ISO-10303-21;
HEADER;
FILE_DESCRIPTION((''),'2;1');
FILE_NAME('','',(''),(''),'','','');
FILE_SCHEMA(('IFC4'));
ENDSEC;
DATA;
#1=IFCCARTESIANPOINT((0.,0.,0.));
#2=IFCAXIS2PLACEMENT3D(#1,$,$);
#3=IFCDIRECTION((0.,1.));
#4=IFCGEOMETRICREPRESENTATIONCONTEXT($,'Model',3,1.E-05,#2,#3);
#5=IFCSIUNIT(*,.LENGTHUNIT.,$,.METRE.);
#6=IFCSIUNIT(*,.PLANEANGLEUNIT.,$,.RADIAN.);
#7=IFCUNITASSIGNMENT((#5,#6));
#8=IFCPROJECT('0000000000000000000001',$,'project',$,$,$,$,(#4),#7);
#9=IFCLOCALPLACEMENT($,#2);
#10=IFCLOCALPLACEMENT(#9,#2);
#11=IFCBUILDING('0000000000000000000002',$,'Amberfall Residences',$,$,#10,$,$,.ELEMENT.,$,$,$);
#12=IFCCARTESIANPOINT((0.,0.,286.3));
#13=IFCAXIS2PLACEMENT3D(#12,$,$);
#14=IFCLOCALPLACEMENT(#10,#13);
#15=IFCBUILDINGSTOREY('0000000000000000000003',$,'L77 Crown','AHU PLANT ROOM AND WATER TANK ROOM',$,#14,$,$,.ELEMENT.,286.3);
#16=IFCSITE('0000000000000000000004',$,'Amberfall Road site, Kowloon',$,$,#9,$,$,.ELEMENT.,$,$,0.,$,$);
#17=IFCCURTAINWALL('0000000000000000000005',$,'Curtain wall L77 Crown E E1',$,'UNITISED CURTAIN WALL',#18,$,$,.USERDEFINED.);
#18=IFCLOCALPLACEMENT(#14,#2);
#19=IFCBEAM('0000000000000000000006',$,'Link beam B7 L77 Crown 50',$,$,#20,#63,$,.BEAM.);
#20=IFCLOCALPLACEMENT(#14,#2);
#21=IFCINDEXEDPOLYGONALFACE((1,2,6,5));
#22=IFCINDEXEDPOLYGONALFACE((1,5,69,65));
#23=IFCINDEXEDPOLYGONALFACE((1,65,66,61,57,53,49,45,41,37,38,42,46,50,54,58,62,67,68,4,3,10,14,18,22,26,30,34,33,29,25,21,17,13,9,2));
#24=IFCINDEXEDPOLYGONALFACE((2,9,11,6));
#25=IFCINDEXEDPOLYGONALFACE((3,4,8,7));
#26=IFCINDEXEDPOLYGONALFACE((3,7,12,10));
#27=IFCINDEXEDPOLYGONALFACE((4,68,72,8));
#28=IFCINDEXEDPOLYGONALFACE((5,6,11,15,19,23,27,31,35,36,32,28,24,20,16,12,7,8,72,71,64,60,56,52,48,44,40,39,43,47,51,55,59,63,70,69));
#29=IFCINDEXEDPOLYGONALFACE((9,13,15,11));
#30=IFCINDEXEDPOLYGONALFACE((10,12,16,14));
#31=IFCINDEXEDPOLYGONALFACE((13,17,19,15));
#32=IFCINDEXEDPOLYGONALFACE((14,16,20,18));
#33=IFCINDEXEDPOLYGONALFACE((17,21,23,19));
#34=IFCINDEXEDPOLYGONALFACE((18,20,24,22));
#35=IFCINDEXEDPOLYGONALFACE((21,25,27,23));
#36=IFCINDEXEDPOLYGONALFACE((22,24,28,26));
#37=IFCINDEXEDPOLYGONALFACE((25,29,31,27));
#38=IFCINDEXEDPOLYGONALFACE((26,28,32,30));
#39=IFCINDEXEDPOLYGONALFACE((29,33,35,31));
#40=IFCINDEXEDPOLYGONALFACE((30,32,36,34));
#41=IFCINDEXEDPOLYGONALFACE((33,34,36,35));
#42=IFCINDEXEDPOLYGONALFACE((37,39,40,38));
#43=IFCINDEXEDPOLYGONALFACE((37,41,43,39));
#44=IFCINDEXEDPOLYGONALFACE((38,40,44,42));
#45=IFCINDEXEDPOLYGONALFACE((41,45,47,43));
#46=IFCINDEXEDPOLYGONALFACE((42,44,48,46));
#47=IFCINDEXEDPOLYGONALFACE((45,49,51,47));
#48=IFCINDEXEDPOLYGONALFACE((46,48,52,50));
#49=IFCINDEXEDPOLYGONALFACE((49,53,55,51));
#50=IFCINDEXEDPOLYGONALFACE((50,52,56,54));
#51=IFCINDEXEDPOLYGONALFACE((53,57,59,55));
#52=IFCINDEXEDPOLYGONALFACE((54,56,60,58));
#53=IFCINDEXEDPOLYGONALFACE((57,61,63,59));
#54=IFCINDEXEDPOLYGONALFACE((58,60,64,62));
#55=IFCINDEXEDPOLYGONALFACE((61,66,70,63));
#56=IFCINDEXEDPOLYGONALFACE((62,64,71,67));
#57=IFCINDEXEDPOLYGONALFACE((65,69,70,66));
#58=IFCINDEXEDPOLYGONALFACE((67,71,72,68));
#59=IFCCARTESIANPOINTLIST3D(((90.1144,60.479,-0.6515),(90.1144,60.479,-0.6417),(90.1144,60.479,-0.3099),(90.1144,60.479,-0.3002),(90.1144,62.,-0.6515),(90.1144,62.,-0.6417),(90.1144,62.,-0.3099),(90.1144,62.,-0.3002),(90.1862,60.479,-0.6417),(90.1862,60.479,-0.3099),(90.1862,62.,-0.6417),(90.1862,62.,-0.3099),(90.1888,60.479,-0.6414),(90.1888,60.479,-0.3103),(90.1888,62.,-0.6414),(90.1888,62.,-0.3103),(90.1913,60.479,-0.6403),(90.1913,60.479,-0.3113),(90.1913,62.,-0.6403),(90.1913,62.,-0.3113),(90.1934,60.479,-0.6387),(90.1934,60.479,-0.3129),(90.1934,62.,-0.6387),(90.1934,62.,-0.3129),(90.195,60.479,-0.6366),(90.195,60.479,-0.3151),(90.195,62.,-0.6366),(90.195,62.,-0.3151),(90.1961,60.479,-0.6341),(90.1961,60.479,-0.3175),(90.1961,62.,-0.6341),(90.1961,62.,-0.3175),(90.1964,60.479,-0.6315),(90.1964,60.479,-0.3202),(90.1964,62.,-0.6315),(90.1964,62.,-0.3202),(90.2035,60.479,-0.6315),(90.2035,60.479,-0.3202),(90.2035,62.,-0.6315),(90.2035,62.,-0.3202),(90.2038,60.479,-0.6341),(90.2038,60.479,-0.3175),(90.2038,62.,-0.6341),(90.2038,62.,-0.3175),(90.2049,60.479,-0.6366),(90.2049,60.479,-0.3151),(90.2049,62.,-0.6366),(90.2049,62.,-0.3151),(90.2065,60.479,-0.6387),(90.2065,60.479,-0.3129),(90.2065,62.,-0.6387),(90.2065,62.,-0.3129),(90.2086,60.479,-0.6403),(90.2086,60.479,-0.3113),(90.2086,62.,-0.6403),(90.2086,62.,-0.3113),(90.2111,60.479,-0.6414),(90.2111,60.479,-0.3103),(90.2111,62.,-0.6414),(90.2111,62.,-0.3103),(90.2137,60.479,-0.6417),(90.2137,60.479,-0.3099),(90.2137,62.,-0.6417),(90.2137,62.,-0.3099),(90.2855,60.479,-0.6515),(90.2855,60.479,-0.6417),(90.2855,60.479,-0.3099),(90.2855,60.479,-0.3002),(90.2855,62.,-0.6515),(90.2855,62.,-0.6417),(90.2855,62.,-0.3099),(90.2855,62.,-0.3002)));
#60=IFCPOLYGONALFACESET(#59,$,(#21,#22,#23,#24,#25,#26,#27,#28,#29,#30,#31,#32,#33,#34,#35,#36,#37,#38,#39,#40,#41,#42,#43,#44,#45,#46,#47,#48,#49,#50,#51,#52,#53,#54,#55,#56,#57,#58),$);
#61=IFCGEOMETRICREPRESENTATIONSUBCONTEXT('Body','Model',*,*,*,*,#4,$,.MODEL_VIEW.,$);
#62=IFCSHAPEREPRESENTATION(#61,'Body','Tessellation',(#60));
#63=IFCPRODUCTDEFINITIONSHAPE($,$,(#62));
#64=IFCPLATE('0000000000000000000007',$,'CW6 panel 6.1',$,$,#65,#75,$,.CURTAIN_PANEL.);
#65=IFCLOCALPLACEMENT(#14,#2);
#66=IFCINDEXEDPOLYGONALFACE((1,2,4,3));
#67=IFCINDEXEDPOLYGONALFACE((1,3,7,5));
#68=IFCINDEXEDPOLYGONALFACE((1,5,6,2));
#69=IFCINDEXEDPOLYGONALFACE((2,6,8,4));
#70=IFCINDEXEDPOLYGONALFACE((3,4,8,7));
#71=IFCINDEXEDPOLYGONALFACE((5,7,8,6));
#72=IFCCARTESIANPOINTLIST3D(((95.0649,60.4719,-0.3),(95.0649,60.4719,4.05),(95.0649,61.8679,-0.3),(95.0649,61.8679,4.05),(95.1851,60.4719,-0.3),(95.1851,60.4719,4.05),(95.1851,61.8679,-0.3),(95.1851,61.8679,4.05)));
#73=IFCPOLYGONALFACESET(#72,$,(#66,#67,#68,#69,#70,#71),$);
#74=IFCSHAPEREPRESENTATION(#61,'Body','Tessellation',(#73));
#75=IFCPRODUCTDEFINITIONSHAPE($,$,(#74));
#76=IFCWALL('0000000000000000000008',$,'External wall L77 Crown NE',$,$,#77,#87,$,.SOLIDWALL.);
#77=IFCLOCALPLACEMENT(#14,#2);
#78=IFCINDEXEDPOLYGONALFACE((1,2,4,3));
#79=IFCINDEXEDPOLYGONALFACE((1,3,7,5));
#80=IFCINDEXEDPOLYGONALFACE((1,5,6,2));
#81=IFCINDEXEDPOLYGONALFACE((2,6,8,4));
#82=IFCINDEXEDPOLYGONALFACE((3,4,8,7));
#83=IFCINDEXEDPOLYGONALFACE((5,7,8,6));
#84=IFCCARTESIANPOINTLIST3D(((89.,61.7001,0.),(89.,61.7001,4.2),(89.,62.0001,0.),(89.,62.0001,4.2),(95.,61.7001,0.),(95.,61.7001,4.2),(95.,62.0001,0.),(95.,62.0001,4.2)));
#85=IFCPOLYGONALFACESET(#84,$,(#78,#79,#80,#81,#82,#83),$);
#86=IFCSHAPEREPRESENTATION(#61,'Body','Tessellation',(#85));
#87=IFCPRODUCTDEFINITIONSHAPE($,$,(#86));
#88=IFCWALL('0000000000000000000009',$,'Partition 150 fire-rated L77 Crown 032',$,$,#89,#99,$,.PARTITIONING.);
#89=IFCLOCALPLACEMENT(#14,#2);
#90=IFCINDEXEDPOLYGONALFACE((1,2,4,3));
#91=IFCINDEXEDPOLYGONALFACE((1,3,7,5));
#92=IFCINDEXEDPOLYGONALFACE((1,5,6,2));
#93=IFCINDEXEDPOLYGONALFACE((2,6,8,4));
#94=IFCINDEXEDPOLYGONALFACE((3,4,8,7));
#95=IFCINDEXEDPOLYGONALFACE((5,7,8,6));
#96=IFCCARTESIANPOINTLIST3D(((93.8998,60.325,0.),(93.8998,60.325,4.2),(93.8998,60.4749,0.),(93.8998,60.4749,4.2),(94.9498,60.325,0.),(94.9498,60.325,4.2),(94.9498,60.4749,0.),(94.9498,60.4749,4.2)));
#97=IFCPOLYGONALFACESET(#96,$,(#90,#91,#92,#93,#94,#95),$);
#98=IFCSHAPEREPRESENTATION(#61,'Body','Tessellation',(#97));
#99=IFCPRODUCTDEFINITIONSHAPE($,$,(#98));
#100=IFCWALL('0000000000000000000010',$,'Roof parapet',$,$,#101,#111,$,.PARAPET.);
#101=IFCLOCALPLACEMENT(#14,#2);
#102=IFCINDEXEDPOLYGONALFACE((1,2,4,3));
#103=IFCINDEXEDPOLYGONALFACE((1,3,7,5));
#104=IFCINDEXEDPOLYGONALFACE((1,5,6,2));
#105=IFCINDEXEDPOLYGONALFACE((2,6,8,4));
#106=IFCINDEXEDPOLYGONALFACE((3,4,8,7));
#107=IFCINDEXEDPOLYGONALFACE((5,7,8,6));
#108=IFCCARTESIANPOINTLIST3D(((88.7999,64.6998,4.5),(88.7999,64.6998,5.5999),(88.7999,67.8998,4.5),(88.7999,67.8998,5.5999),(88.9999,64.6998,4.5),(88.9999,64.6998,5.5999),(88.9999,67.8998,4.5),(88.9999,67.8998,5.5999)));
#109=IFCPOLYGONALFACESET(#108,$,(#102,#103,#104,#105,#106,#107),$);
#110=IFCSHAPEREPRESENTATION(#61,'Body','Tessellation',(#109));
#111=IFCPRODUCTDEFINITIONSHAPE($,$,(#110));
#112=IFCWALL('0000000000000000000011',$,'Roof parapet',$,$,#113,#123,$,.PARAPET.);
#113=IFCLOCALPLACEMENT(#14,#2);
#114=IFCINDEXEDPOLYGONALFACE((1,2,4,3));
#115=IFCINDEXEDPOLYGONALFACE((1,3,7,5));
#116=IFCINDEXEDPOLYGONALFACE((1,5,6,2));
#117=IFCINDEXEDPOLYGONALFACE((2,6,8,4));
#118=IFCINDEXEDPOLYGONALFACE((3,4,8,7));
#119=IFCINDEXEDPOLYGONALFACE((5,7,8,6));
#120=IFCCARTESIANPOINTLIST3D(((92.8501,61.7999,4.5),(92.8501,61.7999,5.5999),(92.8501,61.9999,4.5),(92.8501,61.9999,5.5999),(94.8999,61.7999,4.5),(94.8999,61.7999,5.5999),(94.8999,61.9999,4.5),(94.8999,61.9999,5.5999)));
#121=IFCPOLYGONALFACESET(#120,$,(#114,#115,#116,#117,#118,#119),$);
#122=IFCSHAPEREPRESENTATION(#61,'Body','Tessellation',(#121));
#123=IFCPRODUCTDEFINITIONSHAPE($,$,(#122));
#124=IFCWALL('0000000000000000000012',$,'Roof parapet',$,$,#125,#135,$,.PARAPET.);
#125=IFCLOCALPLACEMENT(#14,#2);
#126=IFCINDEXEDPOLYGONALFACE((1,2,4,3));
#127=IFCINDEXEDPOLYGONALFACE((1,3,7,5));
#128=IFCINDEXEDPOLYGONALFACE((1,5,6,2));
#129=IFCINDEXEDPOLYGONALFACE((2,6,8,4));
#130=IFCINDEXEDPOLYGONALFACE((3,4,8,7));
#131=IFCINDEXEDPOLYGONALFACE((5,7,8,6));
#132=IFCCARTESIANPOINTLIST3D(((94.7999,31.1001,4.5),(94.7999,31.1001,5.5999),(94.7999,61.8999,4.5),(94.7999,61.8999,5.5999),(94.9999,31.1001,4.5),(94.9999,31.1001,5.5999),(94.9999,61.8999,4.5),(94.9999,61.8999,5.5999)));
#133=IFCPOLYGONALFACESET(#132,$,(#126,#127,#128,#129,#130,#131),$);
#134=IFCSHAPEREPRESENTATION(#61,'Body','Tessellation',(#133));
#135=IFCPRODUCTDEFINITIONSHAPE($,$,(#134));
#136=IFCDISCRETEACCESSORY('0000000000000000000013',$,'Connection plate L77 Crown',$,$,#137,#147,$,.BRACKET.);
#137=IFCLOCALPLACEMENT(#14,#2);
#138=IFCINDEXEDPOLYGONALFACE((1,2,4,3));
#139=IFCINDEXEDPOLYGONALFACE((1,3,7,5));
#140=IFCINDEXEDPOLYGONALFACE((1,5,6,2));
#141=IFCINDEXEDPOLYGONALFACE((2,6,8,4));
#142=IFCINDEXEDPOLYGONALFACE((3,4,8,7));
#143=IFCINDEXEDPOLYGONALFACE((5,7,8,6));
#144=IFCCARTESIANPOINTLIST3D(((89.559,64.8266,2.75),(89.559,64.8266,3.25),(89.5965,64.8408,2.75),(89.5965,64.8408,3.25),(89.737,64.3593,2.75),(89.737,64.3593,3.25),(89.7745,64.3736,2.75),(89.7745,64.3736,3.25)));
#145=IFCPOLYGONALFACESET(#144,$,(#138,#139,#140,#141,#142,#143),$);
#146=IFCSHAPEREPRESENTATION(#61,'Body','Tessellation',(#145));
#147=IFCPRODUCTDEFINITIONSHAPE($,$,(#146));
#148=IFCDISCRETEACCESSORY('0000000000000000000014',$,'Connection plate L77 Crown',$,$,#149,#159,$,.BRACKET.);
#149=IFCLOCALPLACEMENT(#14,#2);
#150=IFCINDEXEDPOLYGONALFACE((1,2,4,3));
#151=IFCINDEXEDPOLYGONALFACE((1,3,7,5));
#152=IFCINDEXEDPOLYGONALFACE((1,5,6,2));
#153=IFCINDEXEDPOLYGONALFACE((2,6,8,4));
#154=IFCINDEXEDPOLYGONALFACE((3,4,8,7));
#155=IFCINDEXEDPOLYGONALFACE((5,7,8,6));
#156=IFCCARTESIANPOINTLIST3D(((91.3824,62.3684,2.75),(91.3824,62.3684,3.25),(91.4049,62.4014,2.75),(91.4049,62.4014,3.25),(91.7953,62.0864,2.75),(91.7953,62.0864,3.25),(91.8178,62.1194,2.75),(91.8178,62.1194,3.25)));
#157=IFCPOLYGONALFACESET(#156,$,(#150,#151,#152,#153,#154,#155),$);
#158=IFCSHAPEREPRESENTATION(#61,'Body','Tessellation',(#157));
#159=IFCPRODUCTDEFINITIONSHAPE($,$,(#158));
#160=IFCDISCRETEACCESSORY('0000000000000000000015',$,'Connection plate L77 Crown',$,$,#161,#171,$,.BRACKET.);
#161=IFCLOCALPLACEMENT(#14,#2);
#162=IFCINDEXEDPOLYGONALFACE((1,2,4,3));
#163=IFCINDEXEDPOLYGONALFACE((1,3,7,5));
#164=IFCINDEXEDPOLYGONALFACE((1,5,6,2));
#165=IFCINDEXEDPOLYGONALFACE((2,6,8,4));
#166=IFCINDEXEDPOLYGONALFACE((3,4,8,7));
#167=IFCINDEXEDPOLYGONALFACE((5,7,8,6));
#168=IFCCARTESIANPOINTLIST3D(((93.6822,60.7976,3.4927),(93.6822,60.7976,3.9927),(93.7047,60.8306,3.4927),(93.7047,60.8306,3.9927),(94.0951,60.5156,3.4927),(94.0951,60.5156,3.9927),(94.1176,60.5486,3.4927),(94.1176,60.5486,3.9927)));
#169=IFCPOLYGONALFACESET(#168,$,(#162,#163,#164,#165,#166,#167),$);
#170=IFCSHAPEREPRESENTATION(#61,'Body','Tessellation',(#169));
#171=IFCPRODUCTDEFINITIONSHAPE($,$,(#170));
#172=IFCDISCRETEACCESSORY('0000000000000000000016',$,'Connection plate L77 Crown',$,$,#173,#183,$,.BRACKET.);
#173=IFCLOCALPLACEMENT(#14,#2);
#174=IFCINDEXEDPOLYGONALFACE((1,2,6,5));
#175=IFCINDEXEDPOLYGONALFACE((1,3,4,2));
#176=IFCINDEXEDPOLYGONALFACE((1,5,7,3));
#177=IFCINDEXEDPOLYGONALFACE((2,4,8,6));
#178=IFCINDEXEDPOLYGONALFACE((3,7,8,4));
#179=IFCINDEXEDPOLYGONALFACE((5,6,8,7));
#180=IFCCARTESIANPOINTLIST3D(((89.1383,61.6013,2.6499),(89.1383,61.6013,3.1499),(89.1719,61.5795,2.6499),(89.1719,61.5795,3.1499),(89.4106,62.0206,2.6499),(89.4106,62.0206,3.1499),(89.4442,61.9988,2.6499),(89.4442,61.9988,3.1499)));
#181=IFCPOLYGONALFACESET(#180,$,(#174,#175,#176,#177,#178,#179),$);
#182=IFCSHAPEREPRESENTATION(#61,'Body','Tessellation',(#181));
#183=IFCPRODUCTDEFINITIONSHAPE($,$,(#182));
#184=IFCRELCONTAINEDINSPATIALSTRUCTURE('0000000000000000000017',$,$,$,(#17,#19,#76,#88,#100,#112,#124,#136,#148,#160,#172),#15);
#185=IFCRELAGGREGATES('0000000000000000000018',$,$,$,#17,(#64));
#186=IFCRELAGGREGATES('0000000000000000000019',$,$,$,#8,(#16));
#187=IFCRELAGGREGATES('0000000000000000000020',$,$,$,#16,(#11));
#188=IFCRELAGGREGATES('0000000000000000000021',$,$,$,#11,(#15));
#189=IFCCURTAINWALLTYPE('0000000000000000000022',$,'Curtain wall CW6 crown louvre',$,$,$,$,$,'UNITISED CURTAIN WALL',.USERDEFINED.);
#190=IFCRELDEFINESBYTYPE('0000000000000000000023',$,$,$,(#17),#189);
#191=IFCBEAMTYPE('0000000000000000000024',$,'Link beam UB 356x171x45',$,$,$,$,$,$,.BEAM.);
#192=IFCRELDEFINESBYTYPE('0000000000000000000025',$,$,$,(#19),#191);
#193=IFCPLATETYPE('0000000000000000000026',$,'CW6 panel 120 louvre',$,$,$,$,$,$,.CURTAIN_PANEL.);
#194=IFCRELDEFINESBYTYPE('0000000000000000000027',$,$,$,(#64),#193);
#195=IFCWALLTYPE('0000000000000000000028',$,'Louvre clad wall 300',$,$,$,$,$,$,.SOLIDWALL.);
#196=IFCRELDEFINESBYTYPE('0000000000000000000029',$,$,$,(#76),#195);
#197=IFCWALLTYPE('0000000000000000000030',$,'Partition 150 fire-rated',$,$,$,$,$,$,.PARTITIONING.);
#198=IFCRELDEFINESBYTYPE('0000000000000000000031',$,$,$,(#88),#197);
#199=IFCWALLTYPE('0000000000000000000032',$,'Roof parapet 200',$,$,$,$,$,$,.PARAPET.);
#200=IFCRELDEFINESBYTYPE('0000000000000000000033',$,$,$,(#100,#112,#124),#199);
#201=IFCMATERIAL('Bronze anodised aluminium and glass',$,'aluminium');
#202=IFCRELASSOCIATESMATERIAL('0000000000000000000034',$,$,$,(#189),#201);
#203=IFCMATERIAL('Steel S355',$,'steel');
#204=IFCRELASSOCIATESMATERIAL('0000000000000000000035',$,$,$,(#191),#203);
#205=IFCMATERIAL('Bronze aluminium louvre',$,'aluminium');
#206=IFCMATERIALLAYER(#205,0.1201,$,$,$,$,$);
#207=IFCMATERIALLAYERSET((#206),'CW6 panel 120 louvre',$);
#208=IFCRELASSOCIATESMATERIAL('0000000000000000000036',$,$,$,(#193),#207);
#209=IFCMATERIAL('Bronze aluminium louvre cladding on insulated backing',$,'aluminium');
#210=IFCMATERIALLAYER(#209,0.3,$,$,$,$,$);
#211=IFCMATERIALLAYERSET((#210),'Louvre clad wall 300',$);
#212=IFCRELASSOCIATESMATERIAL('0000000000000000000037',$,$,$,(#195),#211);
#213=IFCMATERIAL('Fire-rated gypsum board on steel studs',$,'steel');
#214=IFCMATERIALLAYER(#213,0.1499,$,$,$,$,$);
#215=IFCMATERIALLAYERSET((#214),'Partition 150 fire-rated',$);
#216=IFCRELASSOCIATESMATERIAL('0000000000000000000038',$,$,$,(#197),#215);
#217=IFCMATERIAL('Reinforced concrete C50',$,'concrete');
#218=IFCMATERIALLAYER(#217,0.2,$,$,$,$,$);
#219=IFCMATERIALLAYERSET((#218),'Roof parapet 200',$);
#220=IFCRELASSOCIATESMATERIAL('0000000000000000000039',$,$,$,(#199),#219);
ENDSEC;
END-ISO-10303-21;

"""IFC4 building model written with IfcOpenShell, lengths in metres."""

from ifc_helpers import new_model, si_unit, direction, frame, frame_2d, origin, origin_2d, place, context, subcontext, project, spatial, rectangle, i_section, extrude, material, layer, layer_set, material_profile, profile_set, type_object, element, aggregate, save


model = new_model("IFC4")

# Units and contexts
model_context = context("Model", 3, precision=1e-05, world=origin(), true_north=direction((0.0, 1.0)))
body_context = subcontext(model_context, "Body", "Model", "MODEL_VIEW")
ifc_project = project(units=[si_unit("LENGTHUNIT", "METRE"), si_unit("PLANEANGLEUNIT", "RADIAN")], contexts=[model_context])

# Site, building, storey
site_placement = place(None, origin())
site = spatial("IfcSite", under=ifc_project, at=site_placement, Name="Amberfall Road site, Kowloon", CompositionType="ELEMENT", RefElevation=0.0)
building_placement = place(site_placement, origin())
building = spatial("IfcBuilding", under=site, at=building_placement, Name="Amberfall Residences", CompositionType="ELEMENT")
storey_placement = place(building_placement, frame((0.0, 0.0, 286.3)))
storey = spatial("IfcBuildingStorey", under=building, at=storey_placement, Name="L77 Crown", Description="AHU PLANT ROOM AND WATER TANK ROOM", CompositionType="ELEMENT", Elevation=286.3)

# Shared definitions
ifc_material_1 = material(Name="Steel S355", Category="steel")

# Curtain wall
ifc_material_2 = material(Name="Bronze anodised aluminium and glass", Category="aluminium")
curtain_wall_type = type_object("IfcCurtainWallType", Name="Curtain wall CW6 crown louvre", ElementType="UNITISED CURTAIN WALL", PredefinedType="USERDEFINED", material=ifc_material_2)
curtain_wall_1_placement = place(storey_placement, origin())
curtain_wall_1 = element("IfcCurtainWall", 1, at=curtain_wall_1_placement, inside=storey, type_object=curtain_wall_type, Name="Curtain wall L77 Crown E E1", ObjectType="UNITISED CURTAIN WALL", PredefinedType="USERDEFINED")

# Beam
ifc_material_profile_1 = material_profile(ifc_material_1, i_section(OverallWidth=0.1711, OverallDepth=0.3513, WebThickness=0.0071, FlangeThickness=0.0098, FilletRadius=0.0103, at=origin_2d()), Name="UB 356x171x45")
ifc_profile_set_1 = profile_set([ifc_material_profile_1], Name="Steel S355")
beam_type_1 = type_object("IfcBeamType", Name="Link beam UB 356x171x45", PredefinedType="BEAM", material=ifc_profile_set_1)
beam_1_placement = place(storey_placement, frame((90.2, 62.0, -0.4758), z_axis=(0.0, -1.0, 0.0), x_axis=(1.0, 0.0, 0.0)))
element("IfcBeam", 2, at=beam_1_placement, inside=storey, type_object=beam_type_1, Name="Link beam B7 L77 Crown 50", PredefinedType="BEAM", context=body_context, shape_type="SweptSolid", body=[
    extrude(i_section(OverallWidth=0.1711, OverallDepth=0.3513, WebThickness=0.0071, FlangeThickness=0.0098, FilletRadius=0.0103, at=origin_2d()), origin(), (0.0, 0.0, 1.0), 1.521),
])

# Plate
ifc_material_3 = material(Name="Bronze aluminium louvre", Category="aluminium")
ifc_layer_1 = layer(ifc_material_3, 0.1201)
ifc_layer_set_1 = layer_set([ifc_layer_1], Name="CW6 panel 120 louvre")
plate_type = type_object("IfcPlateType", Name="CW6 panel 120 louvre", PredefinedType="CURTAIN_PANEL", material=ifc_layer_set_1)
plate_placement = place(storey_placement, frame((95.125, 61.1699, -0.3), z_axis=(0.0, 0.0, 1.0), x_axis=(0.0, 1.0, 0.0)))
plate = element("IfcPlate", 3, at=plate_placement, type_object=plate_type, Name="CW6 panel 6.1", PredefinedType="CURTAIN_PANEL", context=body_context, shape_type="SweptSolid", body=[
    extrude(rectangle(XDim=1.396, YDim=0.1201, at=origin_2d()), origin(), (0.0, 0.0, 1.0), 4.3501),
])
aggregate(curtain_wall_1, [plate])

# Walls
ifc_material_4 = material(Name="Bronze aluminium louvre cladding on insulated backing", Category="aluminium")
ifc_layer_2 = layer(ifc_material_4, 0.3)
ifc_layer_set_2 = layer_set([ifc_layer_2], Name="Louvre clad wall 300")
wall_type_1 = type_object("IfcWallType", Name="Louvre clad wall 300", PredefinedType="SOLIDWALL", material=ifc_layer_set_2)
wall_1_placement = place(storey_placement, frame((95.0, 61.8501, 0.0), z_axis=(0.0, 0.0, 1.0), x_axis=(-1.0, 0.0, 0.0)))
element("IfcWall", 4, at=wall_1_placement, inside=storey, type_object=wall_type_1, Name="External wall L77 Crown NE", PredefinedType="SOLIDWALL", context=body_context, shape_type="SweptSolid", body=[
    extrude(rectangle(XDim=6.0, YDim=0.3, at=frame_2d((3.0, 0.0))), origin(), (0.0, 0.0, 1.0), 4.2),
])
ifc_material_5 = material(Name="Fire-rated gypsum board on steel studs", Category="steel")
ifc_layer_3 = layer(ifc_material_5, 0.1499)
ifc_layer_set_3 = layer_set([ifc_layer_3], Name="Partition 150 fire-rated")
wall_type_2 = type_object("IfcWallType", Name="Partition 150 fire-rated", PredefinedType="PARTITIONING", material=ifc_layer_set_3)
wall_2_placement = place(storey_placement, frame((93.8999, 60.3999, 0.0), z_axis=(0.0, 0.0, 1.0), x_axis=(1.0, 0.0, 0.0)))
element("IfcWall", 5, at=wall_2_placement, inside=storey, type_object=wall_type_2, Name="Partition 150 fire-rated L77 Crown 032", PredefinedType="PARTITIONING", context=body_context, shape_type="SweptSolid", body=[
    extrude(rectangle(XDim=1.05, YDim=0.1499, at=frame_2d((0.5249, 0.0))), origin(), (0.0, 0.0, 1.0), 4.2),
])
ifc_material_6 = material(Name="Reinforced concrete C50", Category="concrete")
ifc_layer_4 = layer(ifc_material_6, 0.2)
ifc_layer_set_4 = layer_set([ifc_layer_4], Name="Roof parapet 200")
wall_type_3 = type_object("IfcWallType", Name="Roof parapet 200", PredefinedType="PARAPET", material=ifc_layer_set_4)
wall_3_placement = place(storey_placement, frame((88.8999, 67.8999, 4.5), z_axis=(0.0, 0.0, 1.0), x_axis=(0.0, -1.0, 0.0)))
element("IfcWall", 6, at=wall_3_placement, inside=storey, type_object=wall_type_3, Name="Roof parapet", PredefinedType="PARAPET", context=body_context, shape_type="SweptSolid", body=[
    extrude(rectangle(XDim=3.2, YDim=0.2, at=frame_2d((1.6001, 0.0))), origin(), (0.0, 0.0, 1.0), 1.0999),
])
wall_4_placement = place(storey_placement, frame((92.8501, 61.8999, 4.5), z_axis=(0.0, 0.0, 1.0), x_axis=(1.0, 0.0, 0.0)))
element("IfcWall", 7, at=wall_4_placement, inside=storey, type_object=wall_type_3, Name="Roof parapet", PredefinedType="PARAPET", context=body_context, shape_type="SweptSolid", body=[
    extrude(rectangle(XDim=2.0498, YDim=0.2, at=frame_2d((1.0249, 0.0))), origin(), (0.0, 0.0, 1.0), 1.0999),
])
wall_5_placement = place(storey_placement, frame((94.8999, 61.8999, 4.5), z_axis=(0.0, 0.0, 1.0), x_axis=(0.0, -1.0, 0.0)))
element("IfcWall", 8, at=wall_5_placement, inside=storey, type_object=wall_type_3, Name="Roof parapet", PredefinedType="PARAPET", context=body_context, shape_type="SweptSolid", body=[
    extrude(rectangle(XDim=30.7998, YDim=0.2, at=frame_2d((15.3999, 0.0))), origin(), (0.0, 0.0, 1.0), 1.0999),
])

# Discrete accessories
for number, where, z_axis, x_axis, name in (
    (9, (89.6667, 64.6001, 2.75), (0.0, 0.0, 1.0), (-0.356004, 0.934484, 0.0), "Connection plate L77 Crown"),
    (10, (91.6001, 62.2439, 2.75), (0.0, 0.0, 1.0), (0.825803, -0.563959, 0.0), "Connection plate L77 Crown"),
    (11, (93.8999, 60.6731, 3.4927), (0.0, 0.0, 1.0), (0.825803, -0.563959, 0.0), "Connection plate L77 Crown"),
    (12, (89.2913, 61.8, 2.6499), (0.0, 0.0, 1.0), (-0.544478, -0.838775, 0.0), "Connection plate L77 Crown"),
):
    element("IfcDiscreteAccessory", number, at=place(storey_placement, frame(where, z_axis=z_axis, x_axis=x_axis)), inside=storey, Name=name, PredefinedType="BRACKET", context=body_context, shape_type="SweptSolid", body=[
        extrude(rectangle(XDim=0.5, YDim=0.04, at=origin_2d()), origin(), (0.0, 0.0, 1.0), 0.5),
    ])

save(model, "model.ifc")
